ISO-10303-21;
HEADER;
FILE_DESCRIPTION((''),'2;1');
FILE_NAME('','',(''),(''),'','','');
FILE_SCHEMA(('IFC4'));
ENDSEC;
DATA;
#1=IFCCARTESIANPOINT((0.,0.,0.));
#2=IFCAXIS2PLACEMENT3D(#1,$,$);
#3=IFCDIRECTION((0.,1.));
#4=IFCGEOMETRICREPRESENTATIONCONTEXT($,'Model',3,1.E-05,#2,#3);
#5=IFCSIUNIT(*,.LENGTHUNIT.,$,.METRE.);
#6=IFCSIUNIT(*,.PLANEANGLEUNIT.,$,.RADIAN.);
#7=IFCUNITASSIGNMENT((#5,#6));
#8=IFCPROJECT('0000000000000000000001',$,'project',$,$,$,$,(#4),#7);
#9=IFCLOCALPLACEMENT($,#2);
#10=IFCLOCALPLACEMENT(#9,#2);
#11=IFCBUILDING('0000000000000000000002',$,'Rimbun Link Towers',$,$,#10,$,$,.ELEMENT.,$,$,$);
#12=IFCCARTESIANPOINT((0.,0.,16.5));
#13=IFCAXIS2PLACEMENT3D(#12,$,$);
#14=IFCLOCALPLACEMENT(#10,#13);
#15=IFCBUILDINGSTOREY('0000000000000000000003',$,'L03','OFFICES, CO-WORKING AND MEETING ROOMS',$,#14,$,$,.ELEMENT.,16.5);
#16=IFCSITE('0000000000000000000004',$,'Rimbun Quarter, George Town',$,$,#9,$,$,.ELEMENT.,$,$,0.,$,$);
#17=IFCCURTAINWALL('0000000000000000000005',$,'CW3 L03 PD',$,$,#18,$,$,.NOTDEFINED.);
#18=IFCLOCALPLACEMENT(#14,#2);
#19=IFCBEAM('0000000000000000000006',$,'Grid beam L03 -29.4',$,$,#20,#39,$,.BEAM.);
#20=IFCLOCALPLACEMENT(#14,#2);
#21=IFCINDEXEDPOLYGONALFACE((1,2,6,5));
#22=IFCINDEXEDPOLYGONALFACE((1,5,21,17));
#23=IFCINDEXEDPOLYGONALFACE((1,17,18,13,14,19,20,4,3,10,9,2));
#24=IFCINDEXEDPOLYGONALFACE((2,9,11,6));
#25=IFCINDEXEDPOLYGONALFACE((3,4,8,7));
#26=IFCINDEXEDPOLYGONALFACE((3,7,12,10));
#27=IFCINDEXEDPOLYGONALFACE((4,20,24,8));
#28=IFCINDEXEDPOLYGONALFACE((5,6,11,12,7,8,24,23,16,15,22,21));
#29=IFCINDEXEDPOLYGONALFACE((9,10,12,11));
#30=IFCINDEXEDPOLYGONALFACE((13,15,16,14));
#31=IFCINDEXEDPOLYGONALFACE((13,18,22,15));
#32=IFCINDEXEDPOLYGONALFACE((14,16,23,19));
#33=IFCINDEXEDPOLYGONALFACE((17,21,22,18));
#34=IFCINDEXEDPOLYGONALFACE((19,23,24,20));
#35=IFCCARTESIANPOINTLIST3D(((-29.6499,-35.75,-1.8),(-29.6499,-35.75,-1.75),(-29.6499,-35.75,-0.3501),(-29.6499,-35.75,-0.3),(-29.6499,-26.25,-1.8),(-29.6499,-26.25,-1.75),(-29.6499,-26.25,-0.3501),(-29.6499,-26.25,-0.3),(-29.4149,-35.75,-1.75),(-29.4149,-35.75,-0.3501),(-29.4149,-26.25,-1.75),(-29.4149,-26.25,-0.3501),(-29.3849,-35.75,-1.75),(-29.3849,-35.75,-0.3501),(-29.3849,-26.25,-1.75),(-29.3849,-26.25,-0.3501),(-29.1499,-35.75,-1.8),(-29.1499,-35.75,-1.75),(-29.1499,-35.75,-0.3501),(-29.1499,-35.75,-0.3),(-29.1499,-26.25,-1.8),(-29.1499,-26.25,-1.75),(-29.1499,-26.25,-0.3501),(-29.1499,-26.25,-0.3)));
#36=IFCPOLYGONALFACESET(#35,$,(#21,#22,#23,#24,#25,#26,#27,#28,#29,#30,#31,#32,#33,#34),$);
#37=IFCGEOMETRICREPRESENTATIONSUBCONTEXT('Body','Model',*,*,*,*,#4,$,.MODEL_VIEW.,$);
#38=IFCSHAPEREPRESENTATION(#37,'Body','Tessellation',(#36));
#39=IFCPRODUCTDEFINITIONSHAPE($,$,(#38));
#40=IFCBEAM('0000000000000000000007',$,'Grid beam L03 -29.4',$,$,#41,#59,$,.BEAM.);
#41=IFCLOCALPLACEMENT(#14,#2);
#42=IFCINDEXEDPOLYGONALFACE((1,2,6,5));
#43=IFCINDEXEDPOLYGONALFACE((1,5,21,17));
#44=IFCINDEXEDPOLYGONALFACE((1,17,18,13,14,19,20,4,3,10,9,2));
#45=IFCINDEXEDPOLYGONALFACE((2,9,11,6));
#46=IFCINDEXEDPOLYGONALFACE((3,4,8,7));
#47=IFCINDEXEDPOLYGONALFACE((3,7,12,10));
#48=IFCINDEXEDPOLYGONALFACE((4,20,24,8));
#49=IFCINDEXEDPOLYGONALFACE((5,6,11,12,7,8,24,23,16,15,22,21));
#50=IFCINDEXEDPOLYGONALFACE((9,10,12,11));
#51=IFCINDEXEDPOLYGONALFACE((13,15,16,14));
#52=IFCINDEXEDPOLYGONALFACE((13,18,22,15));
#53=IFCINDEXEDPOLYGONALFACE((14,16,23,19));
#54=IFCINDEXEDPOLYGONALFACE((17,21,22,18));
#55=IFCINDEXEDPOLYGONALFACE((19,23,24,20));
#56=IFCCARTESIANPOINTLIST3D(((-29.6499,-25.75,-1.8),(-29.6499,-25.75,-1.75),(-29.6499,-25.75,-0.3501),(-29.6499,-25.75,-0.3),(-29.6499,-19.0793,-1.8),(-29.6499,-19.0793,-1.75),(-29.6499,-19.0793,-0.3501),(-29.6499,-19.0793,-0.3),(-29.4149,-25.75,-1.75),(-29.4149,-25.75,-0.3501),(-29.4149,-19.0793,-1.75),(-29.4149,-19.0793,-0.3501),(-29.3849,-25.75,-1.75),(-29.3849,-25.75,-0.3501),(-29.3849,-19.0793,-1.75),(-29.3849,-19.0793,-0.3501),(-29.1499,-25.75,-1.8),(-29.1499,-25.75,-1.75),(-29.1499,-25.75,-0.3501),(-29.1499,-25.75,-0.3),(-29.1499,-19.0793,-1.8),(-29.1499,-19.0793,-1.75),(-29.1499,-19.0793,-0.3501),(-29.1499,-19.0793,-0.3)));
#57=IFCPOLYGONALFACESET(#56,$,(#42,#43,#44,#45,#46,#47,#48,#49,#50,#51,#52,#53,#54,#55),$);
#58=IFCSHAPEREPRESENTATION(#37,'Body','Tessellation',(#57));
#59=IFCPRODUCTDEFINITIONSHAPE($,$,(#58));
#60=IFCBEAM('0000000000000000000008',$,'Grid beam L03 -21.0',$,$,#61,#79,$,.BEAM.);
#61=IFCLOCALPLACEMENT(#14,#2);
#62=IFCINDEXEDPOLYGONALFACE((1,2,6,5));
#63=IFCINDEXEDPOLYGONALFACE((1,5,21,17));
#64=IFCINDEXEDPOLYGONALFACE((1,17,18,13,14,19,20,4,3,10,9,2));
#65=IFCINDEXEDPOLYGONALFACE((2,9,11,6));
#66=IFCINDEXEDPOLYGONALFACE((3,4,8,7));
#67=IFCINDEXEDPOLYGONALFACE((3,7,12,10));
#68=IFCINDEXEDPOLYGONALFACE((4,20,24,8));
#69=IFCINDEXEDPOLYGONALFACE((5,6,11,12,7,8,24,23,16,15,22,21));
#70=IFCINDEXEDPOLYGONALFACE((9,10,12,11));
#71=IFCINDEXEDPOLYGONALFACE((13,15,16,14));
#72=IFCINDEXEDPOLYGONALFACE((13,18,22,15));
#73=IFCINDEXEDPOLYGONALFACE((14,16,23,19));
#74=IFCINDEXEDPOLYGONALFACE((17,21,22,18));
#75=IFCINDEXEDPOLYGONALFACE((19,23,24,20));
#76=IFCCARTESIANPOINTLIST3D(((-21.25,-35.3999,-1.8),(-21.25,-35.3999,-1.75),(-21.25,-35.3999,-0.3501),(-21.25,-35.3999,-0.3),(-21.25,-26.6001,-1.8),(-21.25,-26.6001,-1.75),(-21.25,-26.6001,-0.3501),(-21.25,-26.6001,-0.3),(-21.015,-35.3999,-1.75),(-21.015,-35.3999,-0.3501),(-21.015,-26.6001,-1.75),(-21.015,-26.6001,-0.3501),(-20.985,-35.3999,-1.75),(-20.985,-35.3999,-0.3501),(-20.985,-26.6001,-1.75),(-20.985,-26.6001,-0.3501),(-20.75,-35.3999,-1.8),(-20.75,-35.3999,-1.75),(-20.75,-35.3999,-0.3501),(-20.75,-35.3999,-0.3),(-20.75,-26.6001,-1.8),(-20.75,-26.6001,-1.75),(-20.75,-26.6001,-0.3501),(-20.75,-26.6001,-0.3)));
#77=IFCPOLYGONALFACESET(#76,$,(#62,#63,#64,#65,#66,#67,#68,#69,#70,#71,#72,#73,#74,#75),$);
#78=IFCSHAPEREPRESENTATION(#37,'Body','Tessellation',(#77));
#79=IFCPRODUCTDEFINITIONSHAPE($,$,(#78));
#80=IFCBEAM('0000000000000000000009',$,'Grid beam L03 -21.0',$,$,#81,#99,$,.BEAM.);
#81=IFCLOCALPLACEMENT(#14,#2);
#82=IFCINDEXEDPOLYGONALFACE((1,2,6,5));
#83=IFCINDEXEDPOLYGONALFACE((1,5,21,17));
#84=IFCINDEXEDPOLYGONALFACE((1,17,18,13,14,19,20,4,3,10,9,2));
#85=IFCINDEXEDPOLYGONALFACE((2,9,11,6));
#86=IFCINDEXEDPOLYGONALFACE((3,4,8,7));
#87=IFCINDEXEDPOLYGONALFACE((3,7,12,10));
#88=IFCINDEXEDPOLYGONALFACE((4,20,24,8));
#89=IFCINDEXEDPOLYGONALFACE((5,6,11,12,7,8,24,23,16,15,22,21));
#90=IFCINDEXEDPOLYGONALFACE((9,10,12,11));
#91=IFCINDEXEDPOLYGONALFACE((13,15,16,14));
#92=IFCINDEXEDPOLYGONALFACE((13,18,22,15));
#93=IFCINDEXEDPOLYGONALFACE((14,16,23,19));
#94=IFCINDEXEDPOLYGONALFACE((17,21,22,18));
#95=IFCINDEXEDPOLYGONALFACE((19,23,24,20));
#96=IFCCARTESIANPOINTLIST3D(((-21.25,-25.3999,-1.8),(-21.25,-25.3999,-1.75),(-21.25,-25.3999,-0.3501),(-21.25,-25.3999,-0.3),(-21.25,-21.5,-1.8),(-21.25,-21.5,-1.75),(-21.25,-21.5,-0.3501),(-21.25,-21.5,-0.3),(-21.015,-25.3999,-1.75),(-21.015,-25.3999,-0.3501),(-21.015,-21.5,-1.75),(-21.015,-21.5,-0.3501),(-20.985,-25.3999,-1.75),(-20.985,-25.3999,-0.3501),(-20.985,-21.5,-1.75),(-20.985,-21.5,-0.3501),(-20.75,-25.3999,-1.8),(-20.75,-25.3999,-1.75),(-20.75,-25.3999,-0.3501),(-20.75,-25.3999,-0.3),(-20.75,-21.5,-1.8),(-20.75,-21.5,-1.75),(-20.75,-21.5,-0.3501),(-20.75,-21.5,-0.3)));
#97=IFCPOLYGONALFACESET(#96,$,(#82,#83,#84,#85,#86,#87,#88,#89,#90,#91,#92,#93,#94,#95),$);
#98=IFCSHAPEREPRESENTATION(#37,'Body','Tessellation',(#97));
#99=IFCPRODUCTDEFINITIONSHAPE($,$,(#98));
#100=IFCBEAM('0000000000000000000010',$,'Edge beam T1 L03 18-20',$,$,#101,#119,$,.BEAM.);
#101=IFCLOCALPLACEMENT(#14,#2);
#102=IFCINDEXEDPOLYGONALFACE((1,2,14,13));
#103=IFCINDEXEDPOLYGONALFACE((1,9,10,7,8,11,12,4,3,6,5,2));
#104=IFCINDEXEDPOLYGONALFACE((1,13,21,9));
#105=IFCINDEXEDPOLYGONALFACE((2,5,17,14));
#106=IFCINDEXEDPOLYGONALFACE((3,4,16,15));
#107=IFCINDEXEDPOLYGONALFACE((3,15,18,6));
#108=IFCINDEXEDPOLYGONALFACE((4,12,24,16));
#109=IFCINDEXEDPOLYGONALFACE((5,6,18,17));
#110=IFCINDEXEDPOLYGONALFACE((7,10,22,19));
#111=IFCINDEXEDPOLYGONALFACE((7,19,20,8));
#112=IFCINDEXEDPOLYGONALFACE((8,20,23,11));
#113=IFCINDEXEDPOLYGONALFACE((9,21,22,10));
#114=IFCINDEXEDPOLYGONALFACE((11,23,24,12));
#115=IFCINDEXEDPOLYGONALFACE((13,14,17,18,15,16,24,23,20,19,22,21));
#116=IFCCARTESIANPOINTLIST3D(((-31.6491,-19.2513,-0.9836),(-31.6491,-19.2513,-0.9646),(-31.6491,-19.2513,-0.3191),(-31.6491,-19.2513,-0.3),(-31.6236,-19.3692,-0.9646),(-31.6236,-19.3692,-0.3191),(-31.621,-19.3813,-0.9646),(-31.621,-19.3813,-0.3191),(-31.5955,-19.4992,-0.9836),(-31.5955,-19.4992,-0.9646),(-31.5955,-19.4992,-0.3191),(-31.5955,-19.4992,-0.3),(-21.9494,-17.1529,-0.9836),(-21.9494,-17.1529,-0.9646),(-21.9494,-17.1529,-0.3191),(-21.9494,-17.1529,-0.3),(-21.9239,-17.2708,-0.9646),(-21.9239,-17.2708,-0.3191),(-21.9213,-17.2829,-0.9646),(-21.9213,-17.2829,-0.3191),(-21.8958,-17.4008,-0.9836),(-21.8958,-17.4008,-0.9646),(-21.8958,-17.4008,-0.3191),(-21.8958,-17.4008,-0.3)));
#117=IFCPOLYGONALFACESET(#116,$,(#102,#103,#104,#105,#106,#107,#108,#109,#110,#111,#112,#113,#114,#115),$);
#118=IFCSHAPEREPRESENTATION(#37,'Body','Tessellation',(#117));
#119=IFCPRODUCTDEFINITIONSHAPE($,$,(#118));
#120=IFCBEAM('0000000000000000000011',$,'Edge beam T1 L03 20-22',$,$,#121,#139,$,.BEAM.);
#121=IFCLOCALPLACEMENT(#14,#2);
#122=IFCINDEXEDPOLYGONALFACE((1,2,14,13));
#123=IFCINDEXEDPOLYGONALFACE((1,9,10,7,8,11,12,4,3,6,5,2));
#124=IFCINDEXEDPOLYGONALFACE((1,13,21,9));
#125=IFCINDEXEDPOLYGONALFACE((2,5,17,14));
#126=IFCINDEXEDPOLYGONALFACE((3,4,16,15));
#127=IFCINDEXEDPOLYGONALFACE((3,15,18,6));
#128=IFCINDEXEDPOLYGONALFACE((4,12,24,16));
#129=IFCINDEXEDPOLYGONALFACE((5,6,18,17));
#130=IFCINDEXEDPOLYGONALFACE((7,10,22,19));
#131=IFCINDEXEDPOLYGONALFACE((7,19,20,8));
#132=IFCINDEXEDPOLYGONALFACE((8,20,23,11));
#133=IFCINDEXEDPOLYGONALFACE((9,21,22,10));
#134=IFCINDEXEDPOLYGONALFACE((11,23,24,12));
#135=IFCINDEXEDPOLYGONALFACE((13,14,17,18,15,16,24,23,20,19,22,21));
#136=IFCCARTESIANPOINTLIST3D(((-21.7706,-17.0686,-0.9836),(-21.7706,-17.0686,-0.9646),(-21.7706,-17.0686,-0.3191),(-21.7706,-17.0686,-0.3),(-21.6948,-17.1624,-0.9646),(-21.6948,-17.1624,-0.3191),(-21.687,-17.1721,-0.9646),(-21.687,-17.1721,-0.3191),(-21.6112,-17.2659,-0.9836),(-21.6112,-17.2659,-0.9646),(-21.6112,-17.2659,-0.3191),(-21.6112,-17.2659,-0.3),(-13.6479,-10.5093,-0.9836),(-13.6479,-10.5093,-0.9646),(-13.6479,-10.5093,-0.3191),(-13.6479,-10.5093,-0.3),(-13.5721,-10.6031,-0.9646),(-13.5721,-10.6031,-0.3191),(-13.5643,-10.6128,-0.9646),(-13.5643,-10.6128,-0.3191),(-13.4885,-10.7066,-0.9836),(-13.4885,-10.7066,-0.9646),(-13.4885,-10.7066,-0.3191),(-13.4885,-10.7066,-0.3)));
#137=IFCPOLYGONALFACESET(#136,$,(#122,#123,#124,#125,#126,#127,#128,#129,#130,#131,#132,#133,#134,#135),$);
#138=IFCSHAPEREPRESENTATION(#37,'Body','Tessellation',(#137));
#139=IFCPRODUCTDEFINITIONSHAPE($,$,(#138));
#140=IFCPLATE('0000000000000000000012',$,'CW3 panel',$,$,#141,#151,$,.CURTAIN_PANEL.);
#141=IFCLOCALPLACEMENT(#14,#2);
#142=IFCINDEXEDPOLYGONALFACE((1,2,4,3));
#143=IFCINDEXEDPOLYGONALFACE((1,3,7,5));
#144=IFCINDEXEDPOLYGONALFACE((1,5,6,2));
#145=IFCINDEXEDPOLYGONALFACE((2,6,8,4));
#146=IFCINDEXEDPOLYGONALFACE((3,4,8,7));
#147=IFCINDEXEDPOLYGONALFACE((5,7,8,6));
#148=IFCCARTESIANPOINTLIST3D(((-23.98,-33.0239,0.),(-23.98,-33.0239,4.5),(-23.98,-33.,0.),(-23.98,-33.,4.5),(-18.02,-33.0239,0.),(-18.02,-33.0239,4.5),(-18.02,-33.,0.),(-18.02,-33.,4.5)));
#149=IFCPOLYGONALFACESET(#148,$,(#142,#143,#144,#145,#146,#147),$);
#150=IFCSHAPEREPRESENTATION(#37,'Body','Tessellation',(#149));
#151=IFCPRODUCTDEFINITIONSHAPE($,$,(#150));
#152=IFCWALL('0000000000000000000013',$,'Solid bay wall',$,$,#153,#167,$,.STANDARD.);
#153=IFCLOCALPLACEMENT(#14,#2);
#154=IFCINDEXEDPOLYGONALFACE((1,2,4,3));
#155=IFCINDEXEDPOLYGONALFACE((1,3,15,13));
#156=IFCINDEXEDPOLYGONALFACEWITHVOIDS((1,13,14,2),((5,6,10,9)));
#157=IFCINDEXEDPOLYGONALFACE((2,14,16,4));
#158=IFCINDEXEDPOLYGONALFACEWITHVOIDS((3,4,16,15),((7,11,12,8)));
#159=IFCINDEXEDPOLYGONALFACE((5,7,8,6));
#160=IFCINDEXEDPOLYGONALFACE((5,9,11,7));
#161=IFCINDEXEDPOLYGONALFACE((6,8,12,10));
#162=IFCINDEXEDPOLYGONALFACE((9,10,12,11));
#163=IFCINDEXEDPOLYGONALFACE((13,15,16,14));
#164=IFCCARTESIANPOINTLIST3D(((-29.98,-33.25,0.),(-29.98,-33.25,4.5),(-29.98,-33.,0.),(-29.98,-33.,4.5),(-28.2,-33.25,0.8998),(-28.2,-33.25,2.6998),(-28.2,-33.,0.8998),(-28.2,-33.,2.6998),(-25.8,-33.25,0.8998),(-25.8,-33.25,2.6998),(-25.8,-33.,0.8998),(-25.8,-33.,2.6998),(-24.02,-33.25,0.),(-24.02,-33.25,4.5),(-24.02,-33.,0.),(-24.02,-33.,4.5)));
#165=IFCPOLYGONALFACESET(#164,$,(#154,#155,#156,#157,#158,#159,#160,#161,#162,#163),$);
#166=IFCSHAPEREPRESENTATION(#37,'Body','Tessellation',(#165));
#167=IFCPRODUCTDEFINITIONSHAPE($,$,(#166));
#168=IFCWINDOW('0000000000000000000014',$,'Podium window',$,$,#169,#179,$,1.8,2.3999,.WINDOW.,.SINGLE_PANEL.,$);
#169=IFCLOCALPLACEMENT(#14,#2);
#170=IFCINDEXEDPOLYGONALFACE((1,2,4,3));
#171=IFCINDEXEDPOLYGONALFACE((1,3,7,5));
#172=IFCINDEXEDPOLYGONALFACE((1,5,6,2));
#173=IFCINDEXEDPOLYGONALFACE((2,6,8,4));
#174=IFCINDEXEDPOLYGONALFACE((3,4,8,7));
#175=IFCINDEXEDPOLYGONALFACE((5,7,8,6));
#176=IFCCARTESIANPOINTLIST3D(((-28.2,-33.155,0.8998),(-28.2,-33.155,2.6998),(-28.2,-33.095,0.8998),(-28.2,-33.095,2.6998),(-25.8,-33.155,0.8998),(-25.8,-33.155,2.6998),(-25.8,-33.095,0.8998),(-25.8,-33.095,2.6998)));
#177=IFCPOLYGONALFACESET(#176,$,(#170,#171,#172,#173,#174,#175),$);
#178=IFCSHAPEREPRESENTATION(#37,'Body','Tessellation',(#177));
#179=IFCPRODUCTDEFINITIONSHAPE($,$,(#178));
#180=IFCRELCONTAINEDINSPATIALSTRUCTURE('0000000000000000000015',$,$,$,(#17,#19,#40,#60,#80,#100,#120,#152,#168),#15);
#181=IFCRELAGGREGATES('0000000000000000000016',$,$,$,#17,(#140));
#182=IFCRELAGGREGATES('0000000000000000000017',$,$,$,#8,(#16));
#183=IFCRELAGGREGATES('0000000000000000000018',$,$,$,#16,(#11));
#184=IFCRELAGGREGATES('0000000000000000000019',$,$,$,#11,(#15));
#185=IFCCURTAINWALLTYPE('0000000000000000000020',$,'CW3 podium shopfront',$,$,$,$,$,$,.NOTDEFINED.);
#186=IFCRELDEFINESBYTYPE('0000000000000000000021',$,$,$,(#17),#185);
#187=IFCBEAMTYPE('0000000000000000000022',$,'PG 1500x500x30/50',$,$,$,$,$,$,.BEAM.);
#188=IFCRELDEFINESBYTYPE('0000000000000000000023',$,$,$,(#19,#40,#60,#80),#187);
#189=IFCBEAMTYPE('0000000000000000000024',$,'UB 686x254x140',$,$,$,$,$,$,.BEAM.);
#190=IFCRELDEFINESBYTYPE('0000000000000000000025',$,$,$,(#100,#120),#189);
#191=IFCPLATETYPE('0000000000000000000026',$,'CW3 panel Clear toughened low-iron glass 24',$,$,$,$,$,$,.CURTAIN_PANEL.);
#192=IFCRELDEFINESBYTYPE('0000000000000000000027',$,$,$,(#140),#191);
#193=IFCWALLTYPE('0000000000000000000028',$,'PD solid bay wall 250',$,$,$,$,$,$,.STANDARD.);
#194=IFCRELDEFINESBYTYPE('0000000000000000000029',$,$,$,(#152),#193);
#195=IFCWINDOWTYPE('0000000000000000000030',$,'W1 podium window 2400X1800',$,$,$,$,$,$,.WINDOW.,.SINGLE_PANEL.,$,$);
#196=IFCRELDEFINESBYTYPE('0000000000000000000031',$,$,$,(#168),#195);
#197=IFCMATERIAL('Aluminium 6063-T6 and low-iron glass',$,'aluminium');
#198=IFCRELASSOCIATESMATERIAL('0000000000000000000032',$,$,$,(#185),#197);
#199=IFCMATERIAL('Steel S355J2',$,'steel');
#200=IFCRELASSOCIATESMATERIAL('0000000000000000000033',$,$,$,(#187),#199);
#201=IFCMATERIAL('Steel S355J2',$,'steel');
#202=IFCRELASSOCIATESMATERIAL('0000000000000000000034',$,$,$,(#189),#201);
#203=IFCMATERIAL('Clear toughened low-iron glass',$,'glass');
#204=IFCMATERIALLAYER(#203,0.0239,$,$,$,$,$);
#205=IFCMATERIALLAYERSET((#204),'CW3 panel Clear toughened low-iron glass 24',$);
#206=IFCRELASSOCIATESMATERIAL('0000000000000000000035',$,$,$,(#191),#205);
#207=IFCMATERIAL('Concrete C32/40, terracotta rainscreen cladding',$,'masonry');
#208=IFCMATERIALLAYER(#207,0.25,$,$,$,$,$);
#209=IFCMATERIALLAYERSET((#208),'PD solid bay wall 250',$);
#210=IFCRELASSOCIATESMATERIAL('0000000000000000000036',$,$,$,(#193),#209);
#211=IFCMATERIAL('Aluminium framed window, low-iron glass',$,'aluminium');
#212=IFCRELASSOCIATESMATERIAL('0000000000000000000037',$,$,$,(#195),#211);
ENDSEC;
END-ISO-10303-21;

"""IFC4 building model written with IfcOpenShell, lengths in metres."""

from ifc_helpers import new_model, si_unit, direction, frame, frame_2d, origin, origin_2d, place, context, subcontext, project, spatial, rectangle, i_section, extrude, material, layer, layer_set, material_profile, profile_set, type_object, element, fill, aggregate, save


model = new_model("IFC4")

# Units and contexts
model_context = context("Model", 3, precision=1e-05, world=origin(), true_north=direction((0.0, 1.0)))
body_context = subcontext(model_context, "Body", "Model", "MODEL_VIEW")
ifc_project = project(units=[si_unit("LENGTHUNIT", "METRE"), si_unit("PLANEANGLEUNIT", "RADIAN")], contexts=[model_context])

# Site, building, storey
site_placement = place(None, origin())
site = spatial("IfcSite", under=ifc_project, at=site_placement, Name="Rimbun Quarter, George Town", CompositionType="ELEMENT", RefElevation=0.0)
building_placement = place(site_placement, origin())
building = spatial("IfcBuilding", under=site, at=building_placement, Name="Rimbun Link Towers", CompositionType="ELEMENT")
storey_placement = place(building_placement, frame((0.0, 0.0, 16.5)))
storey = spatial("IfcBuildingStorey", under=building, at=storey_placement, Name="L03", Description="OFFICES, CO-WORKING AND MEETING ROOMS", CompositionType="ELEMENT", Elevation=16.5)

# Curtain wall
ifc_material_1 = material(Name="Aluminium 6063-T6 and low-iron glass", Category="aluminium")
curtain_wall_type = type_object("IfcCurtainWallType", Name="CW3 podium shopfront", PredefinedType="NOTDEFINED", material=ifc_material_1)
curtain_wall_placement = place(storey_placement, origin())
curtain_wall = element("IfcCurtainWall", 1, at=curtain_wall_placement, inside=storey, type_object=curtain_wall_type, Name="CW3 L03 PD", PredefinedType="NOTDEFINED")

# Beams
ifc_material_2 = material(Name="Steel S355J2", Category="steel")
ifc_material_profile_1 = material_profile(ifc_material_2, i_section(OverallWidth=0.5, OverallDepth=1.5, WebThickness=0.03, FlangeThickness=0.05, at=origin_2d()), Name="PG 1500x500x30/50")
ifc_profile_set_1 = profile_set([ifc_material_profile_1], Name="Steel S355J2")
beam_type_1 = type_object("IfcBeamType", Name="PG 1500x500x30/50", PredefinedType="BEAM", material=ifc_profile_set_1)
beam_1_placement = place(storey_placement, frame((-29.3999, -35.75, -1.05), z_axis=(0.0, 1.0, 0.0), x_axis=(-1.0, 0.0, 0.0)))
element("IfcBeam", 2, at=beam_1_placement, inside=storey, type_object=beam_type_1, Name="Grid beam L03 -29.4", PredefinedType="BEAM", context=body_context, shape_type="SweptSolid", body=[
    extrude(i_section(OverallWidth=0.5, OverallDepth=1.5, WebThickness=0.03, FlangeThickness=0.05, at=origin_2d()), origin(), (0.0, 0.0, 1.0), 9.5),
])
beam_2_placement = place(storey_placement, frame((-29.3999, -25.75, -1.05), z_axis=(0.0, 1.0, 0.0), x_axis=(-1.0, 0.0, 0.0)))
element("IfcBeam", 3, at=beam_2_placement, inside=storey, type_object=beam_type_1, Name="Grid beam L03 -29.4", PredefinedType="BEAM", context=body_context, shape_type="SweptSolid", body=[
    extrude(i_section(OverallWidth=0.5, OverallDepth=1.5, WebThickness=0.03, FlangeThickness=0.05, at=origin_2d()), origin(), (0.0, 0.0, 1.0), 6.6707),
])
beam_3_placement = place(storey_placement, frame((-21.0, -35.3999, -1.05), z_axis=(0.0, 1.0, 0.0), x_axis=(-1.0, 0.0, 0.0)))
element("IfcBeam", 4, at=beam_3_placement, inside=storey, type_object=beam_type_1, Name="Grid beam L03 -21.0", PredefinedType="BEAM", context=body_context, shape_type="SweptSolid", body=[
    extrude(i_section(OverallWidth=0.5, OverallDepth=1.5, WebThickness=0.03, FlangeThickness=0.05, at=origin_2d()), origin(), (0.0, 0.0, 1.0), 8.7998),
])
beam_4_placement = place(storey_placement, frame((-21.0, -25.3999, -1.05), z_axis=(0.0, 1.0, 0.0), x_axis=(-1.0, 0.0, 0.0)))
element("IfcBeam", 5, at=beam_4_placement, inside=storey, type_object=beam_type_1, Name="Grid beam L03 -21.0", PredefinedType="BEAM", context=body_context, shape_type="SweptSolid", body=[
    extrude(i_section(OverallWidth=0.5, OverallDepth=1.5, WebThickness=0.03, FlangeThickness=0.05, at=origin_2d()), origin(), (0.0, 0.0, 1.0), 3.8999),
])
ifc_material_3 = material(Name="Steel S355J2", Category="steel")
ifc_material_profile_2 = material_profile(ifc_material_3, i_section(OverallWidth=0.2537, OverallDepth=0.6836, WebThickness=0.0125, FlangeThickness=0.019, at=origin_2d()), Name="UB 686x254x140")
ifc_profile_set_2 = profile_set([ifc_material_profile_2], Name="Steel S355J2")
beam_type_2 = type_object("IfcBeamType", Name="UB 686x254x140", PredefinedType="BEAM", material=ifc_profile_set_2)
beam_5_placement = place(storey_placement, frame((-31.6223, -19.3752, -0.6418), z_axis=(0.97739, 0.211444, 0.0), x_axis=(-0.211444, 0.97739, 0.0)))
element("IfcBeam", 6, at=beam_5_placement, inside=storey, type_object=beam_type_2, Name="Edge beam T1 L03 18-20", PredefinedType="BEAM", context=body_context, shape_type="SweptSolid", body=[
    extrude(i_section(OverallWidth=0.2537, OverallDepth=0.6836, WebThickness=0.0125, FlangeThickness=0.019, at=origin_2d()), origin(), (0.0, 0.0, 1.0), 9.9241),
])
beam_6_placement = place(storey_placement, frame((-21.6909, -17.1672, -0.6418), z_axis=(0.778007, 0.628256, 0.0), x_axis=(-0.628256, 0.778007, 0.0)))
element("IfcBeam", 7, at=beam_6_placement, inside=storey, type_object=beam_type_2, Name="Edge beam T1 L03 20-22", PredefinedType="BEAM", context=body_context, shape_type="SweptSolid", body=[
    extrude(i_section(OverallWidth=0.2537, OverallDepth=0.6836, WebThickness=0.0125, FlangeThickness=0.019, at=origin_2d()), origin(), (0.0, 0.0, 1.0), 10.4404),
])

# Plate
ifc_material_4 = material(Name="Clear toughened low-iron glass", Category="glass")
ifc_layer_1 = layer(ifc_material_4, 0.0239)
ifc_layer_set_1 = layer_set([ifc_layer_1], Name="CW3 panel Clear toughened low-iron glass 24")
plate_type = type_object("IfcPlateType", Name="CW3 panel Clear toughened low-iron glass 24", PredefinedType="CURTAIN_PANEL", material=ifc_layer_set_1)
plate_placement = place(storey_placement, frame((-21.0, -33.012, 0.0), z_axis=(0.0, 0.0, 1.0), x_axis=(-1.0, 0.0, 0.0)))
plate = element("IfcPlate", 8, at=plate_placement, type_object=plate_type, Name="CW3 panel", PredefinedType="CURTAIN_PANEL", context=body_context, shape_type="SweptSolid", body=[
    extrude(rectangle(XDim=5.96, YDim=0.0239, at=origin_2d()), origin(), (0.0, 0.0, 1.0), 4.5),
])
aggregate(curtain_wall, [plate])

# Wall, opening, window
ifc_material_5 = material(Name="Concrete C32/40, terracotta rainscreen cladding", Category="masonry")
ifc_layer_2 = layer(ifc_material_5, 0.25)
ifc_layer_set_2 = layer_set([ifc_layer_2], Name="PD solid bay wall 250")
wall_type_1 = type_object("IfcWallType", Name="PD solid bay wall 250", PredefinedType="STANDARD", material=ifc_layer_set_2)
wall_1_placement = place(storey_placement, frame((-24.02, -33.125, 0.0), z_axis=(0.0, 0.0, 1.0), x_axis=(-1.0, 0.0, 0.0)))
wall_1 = element("IfcWall", 9, at=wall_1_placement, inside=storey, type_object=wall_type_1, Name="Solid bay wall", PredefinedType="STANDARD", context=body_context, shape_type="SweptSolid", body=[
    extrude(rectangle(XDim=5.96, YDim=0.25, at=frame_2d((2.98, 0.0))), origin(), (0.0, 0.0, 1.0), 4.5),
])
opening_placement = place(wall_1_placement, frame((1.78, 0.0, 0.8999)))
opening = element("IfcOpeningElement", 10, at=opening_placement, cuts=wall_1, PredefinedType="OPENING", context=body_context, shape_type="SweptSolid", body=[
    extrude(rectangle(XDim=2.3999, YDim=1.8, at=frame_2d((1.2, 0.8999))), frame((0.0, 0.135, 0.0), z_axis=(0.0, -1.0, 0.0), x_axis=(1.0, 0.0, 0.0)), (0.0, 0.0, 1.0), 0.27),
])
ifc_material_6 = material(Name="Aluminium framed window, low-iron glass", Category="aluminium")
window_type = type_object("IfcWindowType", Name="W1 podium window 2400X1800", PartitioningType="SINGLE_PANEL", PredefinedType="WINDOW", material=ifc_material_6)
window_placement = place(opening_placement, origin())
window = element("IfcWindow", 11, at=window_placement, inside=storey, type_object=window_type, Name="Podium window", OverallHeight=1.8, OverallWidth=2.3999, PartitioningType="SINGLE_PANEL", PredefinedType="WINDOW", context=body_context, shape_type="SweptSolid", body=[
    extrude(rectangle(XDim=2.3999, YDim=1.8, at=frame_2d((1.2, 0.8999))), frame((0.0, 0.03, 0.0), z_axis=(0.0, -1.0, 0.0), x_axis=(1.0, 0.0, 0.0)), (0.0, 0.0, 1.0), 0.0601),
])
fill(opening, window)

save(model, "model.ifc")
